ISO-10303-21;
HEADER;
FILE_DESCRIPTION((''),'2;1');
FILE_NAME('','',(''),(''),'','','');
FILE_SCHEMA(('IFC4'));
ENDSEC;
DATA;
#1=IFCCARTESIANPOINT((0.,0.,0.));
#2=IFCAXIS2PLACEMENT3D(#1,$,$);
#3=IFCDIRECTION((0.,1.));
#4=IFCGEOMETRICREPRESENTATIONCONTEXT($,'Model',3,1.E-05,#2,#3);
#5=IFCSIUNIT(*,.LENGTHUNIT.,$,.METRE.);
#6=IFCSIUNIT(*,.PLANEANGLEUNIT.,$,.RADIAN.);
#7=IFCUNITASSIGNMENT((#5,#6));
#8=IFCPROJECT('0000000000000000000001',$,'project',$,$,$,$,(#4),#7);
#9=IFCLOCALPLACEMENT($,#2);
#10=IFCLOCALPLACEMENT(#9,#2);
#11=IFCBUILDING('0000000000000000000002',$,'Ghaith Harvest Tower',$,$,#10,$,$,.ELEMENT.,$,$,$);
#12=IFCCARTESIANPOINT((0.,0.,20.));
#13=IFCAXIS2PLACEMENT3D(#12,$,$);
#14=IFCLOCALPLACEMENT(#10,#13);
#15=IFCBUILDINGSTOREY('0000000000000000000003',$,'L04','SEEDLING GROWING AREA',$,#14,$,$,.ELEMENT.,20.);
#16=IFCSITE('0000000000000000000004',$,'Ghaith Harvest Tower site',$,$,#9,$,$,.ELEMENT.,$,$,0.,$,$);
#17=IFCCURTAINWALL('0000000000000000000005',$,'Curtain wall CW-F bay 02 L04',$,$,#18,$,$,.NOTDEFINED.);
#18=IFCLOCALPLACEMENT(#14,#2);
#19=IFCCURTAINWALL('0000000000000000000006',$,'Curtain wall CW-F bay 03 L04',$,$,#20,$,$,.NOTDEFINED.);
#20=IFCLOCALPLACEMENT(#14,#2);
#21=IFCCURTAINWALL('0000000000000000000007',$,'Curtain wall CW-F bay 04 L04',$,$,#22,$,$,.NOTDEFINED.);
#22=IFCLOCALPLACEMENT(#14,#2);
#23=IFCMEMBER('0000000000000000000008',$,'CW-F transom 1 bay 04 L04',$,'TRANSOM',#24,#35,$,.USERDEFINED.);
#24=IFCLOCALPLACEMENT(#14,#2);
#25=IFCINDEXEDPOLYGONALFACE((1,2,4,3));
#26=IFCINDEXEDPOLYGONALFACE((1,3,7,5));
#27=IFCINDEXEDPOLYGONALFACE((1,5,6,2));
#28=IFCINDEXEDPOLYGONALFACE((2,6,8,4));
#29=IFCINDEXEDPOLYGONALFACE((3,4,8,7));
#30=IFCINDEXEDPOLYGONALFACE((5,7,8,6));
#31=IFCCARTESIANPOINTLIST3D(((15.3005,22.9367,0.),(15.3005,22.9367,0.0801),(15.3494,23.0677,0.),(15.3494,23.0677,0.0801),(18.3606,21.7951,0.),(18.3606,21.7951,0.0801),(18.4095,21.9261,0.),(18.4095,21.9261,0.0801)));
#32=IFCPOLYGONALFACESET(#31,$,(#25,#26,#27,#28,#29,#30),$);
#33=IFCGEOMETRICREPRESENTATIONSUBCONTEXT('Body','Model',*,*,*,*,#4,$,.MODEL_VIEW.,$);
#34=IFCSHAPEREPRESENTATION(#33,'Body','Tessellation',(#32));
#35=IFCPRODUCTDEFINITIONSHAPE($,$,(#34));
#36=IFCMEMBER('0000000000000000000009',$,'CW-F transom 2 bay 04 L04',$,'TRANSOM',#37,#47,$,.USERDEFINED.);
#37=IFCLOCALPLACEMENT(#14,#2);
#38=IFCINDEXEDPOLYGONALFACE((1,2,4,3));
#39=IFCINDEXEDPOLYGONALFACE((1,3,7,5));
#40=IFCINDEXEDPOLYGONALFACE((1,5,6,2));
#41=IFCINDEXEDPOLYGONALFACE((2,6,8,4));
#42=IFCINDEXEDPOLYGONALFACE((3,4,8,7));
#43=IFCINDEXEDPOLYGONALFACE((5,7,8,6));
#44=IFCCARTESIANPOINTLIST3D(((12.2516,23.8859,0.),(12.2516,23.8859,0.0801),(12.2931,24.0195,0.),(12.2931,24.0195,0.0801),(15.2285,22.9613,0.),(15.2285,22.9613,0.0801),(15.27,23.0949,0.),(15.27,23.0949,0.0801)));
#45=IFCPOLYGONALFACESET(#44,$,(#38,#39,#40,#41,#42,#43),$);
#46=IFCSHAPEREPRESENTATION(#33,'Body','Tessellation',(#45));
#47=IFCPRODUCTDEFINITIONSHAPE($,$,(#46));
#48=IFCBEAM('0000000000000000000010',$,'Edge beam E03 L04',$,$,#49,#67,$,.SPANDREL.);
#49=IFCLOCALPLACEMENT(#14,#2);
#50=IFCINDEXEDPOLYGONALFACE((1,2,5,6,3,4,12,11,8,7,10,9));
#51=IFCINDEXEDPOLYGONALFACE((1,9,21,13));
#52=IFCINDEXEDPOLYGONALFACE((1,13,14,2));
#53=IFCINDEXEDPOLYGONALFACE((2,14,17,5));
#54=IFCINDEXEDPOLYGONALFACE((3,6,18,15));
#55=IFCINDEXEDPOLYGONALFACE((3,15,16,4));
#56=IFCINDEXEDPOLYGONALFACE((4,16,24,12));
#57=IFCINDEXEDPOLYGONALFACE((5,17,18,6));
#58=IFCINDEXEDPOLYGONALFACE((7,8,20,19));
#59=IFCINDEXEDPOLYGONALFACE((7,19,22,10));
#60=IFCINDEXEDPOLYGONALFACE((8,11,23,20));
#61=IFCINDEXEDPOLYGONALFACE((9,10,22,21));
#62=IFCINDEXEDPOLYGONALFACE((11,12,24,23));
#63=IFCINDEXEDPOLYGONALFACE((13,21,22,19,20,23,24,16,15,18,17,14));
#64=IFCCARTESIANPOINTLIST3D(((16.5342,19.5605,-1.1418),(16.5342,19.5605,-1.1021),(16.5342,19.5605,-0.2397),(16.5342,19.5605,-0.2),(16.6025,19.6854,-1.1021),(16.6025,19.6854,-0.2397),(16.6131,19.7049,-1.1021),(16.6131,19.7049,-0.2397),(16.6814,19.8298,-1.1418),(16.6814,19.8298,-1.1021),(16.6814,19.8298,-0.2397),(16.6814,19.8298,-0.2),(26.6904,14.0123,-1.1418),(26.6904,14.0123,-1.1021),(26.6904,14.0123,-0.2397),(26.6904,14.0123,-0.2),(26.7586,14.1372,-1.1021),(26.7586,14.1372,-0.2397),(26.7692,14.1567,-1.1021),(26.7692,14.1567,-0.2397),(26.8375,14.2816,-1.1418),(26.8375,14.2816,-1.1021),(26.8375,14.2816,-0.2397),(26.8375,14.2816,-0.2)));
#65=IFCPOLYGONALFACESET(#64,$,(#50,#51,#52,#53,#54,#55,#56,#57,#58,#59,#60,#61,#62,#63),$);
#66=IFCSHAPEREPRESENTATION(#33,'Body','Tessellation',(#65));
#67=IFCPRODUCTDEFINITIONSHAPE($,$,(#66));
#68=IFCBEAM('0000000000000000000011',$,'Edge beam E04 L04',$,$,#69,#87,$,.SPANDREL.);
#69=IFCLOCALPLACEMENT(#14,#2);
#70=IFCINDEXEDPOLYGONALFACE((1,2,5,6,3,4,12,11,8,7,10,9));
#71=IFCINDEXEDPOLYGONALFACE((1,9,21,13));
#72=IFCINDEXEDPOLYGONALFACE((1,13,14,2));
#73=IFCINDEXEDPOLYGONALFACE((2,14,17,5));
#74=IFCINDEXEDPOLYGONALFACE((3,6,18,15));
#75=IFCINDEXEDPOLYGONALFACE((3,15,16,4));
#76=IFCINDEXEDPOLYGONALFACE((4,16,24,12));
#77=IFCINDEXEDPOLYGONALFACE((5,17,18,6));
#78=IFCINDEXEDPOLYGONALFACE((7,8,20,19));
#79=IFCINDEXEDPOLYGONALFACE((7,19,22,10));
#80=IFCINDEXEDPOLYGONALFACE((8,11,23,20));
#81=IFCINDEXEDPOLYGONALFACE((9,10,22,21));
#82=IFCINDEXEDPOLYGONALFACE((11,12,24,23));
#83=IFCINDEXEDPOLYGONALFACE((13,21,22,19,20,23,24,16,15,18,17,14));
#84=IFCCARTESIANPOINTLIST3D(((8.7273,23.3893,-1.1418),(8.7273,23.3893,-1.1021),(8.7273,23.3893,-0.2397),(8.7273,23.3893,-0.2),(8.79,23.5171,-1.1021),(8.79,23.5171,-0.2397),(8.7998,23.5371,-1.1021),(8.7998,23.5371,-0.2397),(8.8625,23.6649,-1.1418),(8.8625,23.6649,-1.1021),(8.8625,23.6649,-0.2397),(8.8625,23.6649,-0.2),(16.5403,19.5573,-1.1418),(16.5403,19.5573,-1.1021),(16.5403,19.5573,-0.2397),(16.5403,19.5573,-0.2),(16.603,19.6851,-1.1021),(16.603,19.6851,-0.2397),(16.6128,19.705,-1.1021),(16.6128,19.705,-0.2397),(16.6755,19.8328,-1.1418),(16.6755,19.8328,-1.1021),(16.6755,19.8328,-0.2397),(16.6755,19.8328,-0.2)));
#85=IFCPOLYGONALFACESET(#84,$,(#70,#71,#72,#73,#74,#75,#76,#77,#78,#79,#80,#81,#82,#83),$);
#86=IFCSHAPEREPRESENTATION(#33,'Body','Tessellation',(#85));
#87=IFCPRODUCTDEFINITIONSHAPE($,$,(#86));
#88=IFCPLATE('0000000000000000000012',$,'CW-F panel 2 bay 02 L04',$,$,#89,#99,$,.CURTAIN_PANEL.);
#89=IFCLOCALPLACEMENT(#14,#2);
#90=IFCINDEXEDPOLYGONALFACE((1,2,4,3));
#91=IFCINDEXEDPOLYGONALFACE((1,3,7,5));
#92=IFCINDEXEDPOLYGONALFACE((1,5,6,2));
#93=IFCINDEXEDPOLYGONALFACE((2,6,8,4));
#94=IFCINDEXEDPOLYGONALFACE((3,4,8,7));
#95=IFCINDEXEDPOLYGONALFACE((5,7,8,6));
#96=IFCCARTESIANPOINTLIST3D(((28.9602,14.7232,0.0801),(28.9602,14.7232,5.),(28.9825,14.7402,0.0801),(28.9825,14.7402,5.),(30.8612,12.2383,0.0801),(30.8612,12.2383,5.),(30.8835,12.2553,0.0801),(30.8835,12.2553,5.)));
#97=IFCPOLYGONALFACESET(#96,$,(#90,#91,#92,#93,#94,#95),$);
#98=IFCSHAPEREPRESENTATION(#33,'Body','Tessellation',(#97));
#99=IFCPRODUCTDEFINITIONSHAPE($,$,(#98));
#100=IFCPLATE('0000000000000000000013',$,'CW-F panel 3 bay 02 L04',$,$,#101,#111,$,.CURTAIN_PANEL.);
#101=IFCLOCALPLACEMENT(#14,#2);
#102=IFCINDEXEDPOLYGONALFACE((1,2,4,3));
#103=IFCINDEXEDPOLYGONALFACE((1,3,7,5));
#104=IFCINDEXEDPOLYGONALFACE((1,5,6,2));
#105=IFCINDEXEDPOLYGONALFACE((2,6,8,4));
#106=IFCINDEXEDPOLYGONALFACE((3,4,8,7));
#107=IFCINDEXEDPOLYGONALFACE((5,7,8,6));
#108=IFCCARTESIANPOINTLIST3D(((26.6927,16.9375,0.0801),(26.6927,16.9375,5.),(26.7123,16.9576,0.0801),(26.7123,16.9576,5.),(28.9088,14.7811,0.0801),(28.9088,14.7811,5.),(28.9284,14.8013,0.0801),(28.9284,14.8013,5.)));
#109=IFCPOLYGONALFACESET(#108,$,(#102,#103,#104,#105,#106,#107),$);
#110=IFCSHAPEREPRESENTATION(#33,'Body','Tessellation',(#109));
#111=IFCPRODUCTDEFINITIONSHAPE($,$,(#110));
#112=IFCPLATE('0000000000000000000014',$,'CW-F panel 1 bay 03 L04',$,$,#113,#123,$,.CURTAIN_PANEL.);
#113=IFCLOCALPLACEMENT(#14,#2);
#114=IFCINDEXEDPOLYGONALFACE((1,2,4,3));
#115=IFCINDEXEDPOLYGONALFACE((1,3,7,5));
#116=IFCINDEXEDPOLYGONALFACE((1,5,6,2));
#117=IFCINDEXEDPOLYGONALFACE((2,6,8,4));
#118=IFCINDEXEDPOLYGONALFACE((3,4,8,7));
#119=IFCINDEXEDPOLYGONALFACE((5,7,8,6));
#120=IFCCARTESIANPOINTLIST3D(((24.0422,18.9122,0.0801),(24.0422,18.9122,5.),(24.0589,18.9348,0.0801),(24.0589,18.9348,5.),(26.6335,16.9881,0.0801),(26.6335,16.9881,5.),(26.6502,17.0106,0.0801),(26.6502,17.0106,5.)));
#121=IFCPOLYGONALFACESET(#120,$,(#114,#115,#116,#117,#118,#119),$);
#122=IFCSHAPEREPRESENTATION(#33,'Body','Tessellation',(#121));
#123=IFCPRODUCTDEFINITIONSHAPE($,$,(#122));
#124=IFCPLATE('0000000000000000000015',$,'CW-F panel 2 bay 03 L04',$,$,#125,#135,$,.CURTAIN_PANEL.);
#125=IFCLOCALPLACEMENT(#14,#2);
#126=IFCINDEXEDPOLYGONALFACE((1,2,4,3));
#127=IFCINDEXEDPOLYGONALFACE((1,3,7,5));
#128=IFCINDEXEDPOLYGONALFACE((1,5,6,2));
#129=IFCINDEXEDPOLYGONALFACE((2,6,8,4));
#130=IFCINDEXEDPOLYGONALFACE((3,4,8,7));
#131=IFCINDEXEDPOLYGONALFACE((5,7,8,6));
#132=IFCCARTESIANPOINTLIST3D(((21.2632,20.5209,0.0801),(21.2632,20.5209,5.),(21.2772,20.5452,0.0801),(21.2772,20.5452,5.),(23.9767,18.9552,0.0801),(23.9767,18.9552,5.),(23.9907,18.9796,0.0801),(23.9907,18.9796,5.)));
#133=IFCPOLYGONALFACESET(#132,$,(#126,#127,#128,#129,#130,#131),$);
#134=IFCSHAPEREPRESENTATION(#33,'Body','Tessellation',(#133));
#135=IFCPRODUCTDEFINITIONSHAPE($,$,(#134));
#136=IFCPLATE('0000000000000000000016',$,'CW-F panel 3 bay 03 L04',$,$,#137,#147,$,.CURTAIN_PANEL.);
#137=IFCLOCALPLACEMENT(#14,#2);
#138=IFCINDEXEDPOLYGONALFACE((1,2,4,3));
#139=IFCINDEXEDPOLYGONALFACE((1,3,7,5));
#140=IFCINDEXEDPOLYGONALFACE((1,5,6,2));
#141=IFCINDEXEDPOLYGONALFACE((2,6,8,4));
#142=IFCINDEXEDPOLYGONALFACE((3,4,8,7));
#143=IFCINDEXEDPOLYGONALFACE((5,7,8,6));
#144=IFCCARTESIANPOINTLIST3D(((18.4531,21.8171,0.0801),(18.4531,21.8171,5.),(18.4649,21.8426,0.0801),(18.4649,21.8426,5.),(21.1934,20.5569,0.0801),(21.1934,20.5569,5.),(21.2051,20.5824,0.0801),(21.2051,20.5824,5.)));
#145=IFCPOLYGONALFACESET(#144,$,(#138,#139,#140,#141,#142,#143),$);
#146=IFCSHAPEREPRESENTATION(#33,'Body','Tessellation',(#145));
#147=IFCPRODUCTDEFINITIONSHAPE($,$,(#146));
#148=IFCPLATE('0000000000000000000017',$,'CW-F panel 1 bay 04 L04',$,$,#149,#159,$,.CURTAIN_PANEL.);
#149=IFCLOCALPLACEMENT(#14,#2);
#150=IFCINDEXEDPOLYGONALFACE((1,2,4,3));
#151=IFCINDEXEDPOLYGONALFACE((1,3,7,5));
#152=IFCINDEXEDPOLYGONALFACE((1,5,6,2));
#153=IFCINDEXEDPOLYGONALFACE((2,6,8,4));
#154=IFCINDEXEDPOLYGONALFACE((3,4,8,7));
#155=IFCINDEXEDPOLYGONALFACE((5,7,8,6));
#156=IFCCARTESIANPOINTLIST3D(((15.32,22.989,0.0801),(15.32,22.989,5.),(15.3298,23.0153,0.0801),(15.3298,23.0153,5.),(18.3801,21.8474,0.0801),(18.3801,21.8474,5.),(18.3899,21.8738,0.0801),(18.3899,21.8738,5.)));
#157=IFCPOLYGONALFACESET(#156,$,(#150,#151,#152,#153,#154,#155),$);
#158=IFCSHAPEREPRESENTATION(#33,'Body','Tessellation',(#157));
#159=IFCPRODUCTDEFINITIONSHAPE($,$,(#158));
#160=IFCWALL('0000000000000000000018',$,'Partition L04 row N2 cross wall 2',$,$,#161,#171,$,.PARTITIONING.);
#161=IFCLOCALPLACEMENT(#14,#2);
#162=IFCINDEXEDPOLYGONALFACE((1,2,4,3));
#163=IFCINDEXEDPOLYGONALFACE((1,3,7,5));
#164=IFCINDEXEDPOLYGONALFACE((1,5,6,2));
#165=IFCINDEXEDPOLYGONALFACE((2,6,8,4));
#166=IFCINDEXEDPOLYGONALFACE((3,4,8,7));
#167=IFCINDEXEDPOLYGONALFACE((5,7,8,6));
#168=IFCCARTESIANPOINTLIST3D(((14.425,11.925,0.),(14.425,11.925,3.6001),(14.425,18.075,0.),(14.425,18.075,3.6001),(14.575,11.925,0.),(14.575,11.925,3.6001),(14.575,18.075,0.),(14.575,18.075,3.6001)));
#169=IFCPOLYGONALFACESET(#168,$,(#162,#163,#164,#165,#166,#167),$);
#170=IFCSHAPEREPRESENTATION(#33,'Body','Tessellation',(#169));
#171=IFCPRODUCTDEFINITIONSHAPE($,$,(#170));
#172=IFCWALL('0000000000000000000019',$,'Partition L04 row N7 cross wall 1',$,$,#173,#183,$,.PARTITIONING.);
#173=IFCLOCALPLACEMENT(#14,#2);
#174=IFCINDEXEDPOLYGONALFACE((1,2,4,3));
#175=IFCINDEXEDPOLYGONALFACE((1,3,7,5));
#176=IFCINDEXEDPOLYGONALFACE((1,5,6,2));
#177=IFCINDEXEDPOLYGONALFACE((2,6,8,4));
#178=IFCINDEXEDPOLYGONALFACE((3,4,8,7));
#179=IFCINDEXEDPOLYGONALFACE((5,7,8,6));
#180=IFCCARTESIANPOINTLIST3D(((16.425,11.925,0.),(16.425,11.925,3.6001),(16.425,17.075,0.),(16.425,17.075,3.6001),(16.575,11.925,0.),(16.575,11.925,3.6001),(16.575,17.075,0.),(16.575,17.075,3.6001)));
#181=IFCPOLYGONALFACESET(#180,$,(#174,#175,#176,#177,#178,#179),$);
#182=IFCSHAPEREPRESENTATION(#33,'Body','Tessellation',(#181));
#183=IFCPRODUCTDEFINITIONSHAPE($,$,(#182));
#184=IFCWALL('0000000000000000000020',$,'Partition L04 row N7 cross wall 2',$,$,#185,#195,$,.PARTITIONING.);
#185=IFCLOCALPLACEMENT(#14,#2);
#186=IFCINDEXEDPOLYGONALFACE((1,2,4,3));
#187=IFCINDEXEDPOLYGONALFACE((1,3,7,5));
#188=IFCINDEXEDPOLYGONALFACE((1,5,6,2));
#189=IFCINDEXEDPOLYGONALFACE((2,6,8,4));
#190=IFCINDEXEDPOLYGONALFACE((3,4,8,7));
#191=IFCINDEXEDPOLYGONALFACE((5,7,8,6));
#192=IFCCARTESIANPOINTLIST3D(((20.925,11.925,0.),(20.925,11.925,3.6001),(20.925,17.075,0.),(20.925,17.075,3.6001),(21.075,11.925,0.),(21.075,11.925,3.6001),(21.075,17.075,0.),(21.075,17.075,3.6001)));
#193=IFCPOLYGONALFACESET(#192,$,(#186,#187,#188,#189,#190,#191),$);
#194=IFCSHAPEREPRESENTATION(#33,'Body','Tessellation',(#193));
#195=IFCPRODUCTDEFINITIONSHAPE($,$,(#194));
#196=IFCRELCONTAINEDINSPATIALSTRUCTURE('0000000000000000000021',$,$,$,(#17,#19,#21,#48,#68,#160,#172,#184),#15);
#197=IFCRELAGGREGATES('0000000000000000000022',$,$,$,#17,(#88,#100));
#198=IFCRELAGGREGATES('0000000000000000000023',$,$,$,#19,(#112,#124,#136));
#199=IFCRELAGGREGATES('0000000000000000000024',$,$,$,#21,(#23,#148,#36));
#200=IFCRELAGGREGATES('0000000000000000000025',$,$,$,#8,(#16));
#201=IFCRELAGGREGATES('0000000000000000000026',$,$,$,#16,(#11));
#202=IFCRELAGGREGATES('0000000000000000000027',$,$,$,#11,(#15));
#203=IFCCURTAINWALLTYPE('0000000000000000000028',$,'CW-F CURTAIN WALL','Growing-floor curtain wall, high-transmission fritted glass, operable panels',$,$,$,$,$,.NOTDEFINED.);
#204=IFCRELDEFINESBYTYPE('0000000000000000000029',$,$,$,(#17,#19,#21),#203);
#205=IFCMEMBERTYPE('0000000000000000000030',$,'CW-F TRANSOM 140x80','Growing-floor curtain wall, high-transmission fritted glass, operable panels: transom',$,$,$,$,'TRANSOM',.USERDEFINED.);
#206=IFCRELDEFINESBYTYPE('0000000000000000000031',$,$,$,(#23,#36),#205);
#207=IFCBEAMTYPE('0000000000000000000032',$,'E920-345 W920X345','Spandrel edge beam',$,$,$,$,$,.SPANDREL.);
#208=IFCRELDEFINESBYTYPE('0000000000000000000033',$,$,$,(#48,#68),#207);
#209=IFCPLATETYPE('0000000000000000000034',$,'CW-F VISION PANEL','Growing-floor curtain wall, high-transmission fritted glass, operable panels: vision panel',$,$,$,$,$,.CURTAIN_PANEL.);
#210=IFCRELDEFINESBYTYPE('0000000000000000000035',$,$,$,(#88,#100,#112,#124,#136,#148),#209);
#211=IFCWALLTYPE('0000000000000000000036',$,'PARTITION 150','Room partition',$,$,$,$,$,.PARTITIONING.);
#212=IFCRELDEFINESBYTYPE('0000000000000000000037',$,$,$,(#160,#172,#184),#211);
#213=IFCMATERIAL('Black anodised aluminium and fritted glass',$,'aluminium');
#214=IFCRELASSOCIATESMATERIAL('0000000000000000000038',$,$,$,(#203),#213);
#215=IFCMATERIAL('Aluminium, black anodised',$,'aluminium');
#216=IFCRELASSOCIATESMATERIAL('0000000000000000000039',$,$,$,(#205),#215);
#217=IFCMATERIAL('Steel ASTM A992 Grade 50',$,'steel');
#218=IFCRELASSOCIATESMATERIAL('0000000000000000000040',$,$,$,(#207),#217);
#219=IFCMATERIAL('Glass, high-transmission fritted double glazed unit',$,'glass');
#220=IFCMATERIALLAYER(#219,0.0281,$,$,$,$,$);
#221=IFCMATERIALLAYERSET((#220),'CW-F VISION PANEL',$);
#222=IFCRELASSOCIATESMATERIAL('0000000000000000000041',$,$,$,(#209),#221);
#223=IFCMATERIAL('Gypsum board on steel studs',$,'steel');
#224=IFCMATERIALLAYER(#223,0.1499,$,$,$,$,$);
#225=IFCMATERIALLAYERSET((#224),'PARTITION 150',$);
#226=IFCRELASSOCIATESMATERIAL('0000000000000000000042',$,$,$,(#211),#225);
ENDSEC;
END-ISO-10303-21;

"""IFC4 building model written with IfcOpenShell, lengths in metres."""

from ifc_helpers import new_model, si_unit, direction, frame, frame_2d, origin, origin_2d, place, context, subcontext, project, spatial, rectangle, i_section, extrude, material, layer, layer_set, material_profile, profile_set, type_object, element, aggregate, save


model = new_model("IFC4")

# Units and contexts
model_context = context("Model", 3, precision=1e-05, world=origin(), true_north=direction((0.0, 1.0)))
body_context = subcontext(model_context, "Body", "Model", "MODEL_VIEW")
ifc_project = project(units=[si_unit("LENGTHUNIT", "METRE"), si_unit("PLANEANGLEUNIT", "RADIAN")], contexts=[model_context])

# Site, building, storey
site_placement = place(None, origin())
site = spatial("IfcSite", under=ifc_project, at=site_placement, Name="Ghaith Harvest Tower site", CompositionType="ELEMENT", RefElevation=0.0)
building_placement = place(site_placement, origin())
building = spatial("IfcBuilding", under=site, at=building_placement, Name="Ghaith Harvest Tower", CompositionType="ELEMENT")
storey_placement = place(building_placement, frame((0.0, 0.0, 20.0)))
storey = spatial("IfcBuildingStorey", under=building, at=storey_placement, Name="L04", Description="SEEDLING GROWING AREA", CompositionType="ELEMENT", Elevation=20.0)

# Curtain walls
ifc_material_1 = material(Name="Black anodised aluminium and fritted glass", Category="aluminium")
curtain_wall_type = type_object("IfcCurtainWallType", Name="CW-F CURTAIN WALL", Description="Growing-floor curtain wall, high-transmission fritted glass, operable panels", PredefinedType="NOTDEFINED", material=ifc_material_1)
curtain_wall_1_placement = place(storey_placement, origin())
curtain_wall_1 = element("IfcCurtainWall", 1, at=curtain_wall_1_placement, inside=storey, type_object=curtain_wall_type, Name="Curtain wall CW-F bay 02 L04", PredefinedType="NOTDEFINED")
curtain_wall_2_placement = place(storey_placement, origin())
curtain_wall_2 = element("IfcCurtainWall", 2, at=curtain_wall_2_placement, inside=storey, type_object=curtain_wall_type, Name="Curtain wall CW-F bay 03 L04", PredefinedType="NOTDEFINED")
curtain_wall_3_placement = place(storey_placement, origin())
curtain_wall_3 = element("IfcCurtainWall", 3, at=curtain_wall_3_placement, inside=storey, type_object=curtain_wall_type, Name="Curtain wall CW-F bay 04 L04", PredefinedType="NOTDEFINED")

# Members
ifc_material_2 = material(Name="Aluminium, black anodised", Category="aluminium")
ifc_material_profile_1 = material_profile(ifc_material_2, rectangle(XDim=0.1399, YDim=0.0801, at=origin_2d()), Name="CW-F TRANSOM 140x80")
ifc_profile_set_1 = profile_set([ifc_material_profile_1], Name="Aluminium, black anodised")
member_type_1 = type_object("IfcMemberType", Name="CW-F TRANSOM 140x80", Description="Growing-floor curtain wall, high-transmission fritted glass, operable panels: transom", ElementType="TRANSOM", PredefinedType="USERDEFINED", material=ifc_profile_set_1)
member_1_placement = place(storey_placement, frame((18.385, 21.8606, 0.04), z_axis=(-0.936924, 0.349534, 0.0), x_axis=(-0.349534, -0.936924, 0.0)))
member_1 = element("IfcMember", 4, at=member_1_placement, type_object=member_type_1, Name="CW-F transom 1 bay 04 L04", ObjectType="TRANSOM", PredefinedType="USERDEFINED", context=body_context, shape_type="SweptSolid", body=[
    extrude(rectangle(XDim=0.1399, YDim=0.0801, at=origin_2d()), origin(), (0.0, 0.0, 1.0), 3.2661),
])
member_2_placement = place(storey_placement, frame((15.2493, 23.0281, 0.04), z_axis=(-0.954998, 0.296611, 0.0), x_axis=(-0.296611, -0.954998, 0.0)))
member_2 = element("IfcMember", 5, at=member_2_placement, type_object=member_type_1, Name="CW-F transom 2 bay 04 L04", ObjectType="TRANSOM", PredefinedType="USERDEFINED", context=body_context, shape_type="SweptSolid", body=[
    extrude(rectangle(XDim=0.1399, YDim=0.0801, at=origin_2d()), origin(), (0.0, 0.0, 1.0), 3.1172),
])

# Beams
ifc_material_3 = material(Name="Steel ASTM A992 Grade 50", Category="steel")
ifc_material_profile_2 = material_profile(ifc_material_3, i_section(OverallWidth=0.3069, OverallDepth=0.9419, WebThickness=0.0222, FlangeThickness=0.0398, at=origin_2d()), Name="W920X345")
ifc_profile_set_2 = profile_set([ifc_material_profile_2], Name="Steel ASTM A992 Grade 50")
beam_type = type_object("IfcBeamType", Name="E920-345 W920X345", Description="Spandrel edge beam", PredefinedType="SPANDREL", material=ifc_profile_set_2)
beam_1_placement = place(storey_placement, frame((26.7639, 14.147, -0.6709), z_axis=(-0.877588, 0.479415, 0.0), x_axis=(-0.479415, -0.877588, 0.0)))
element("IfcBeam", 6, at=beam_1_placement, inside=storey, type_object=beam_type, Name="Edge beam E03 L04", PredefinedType="SPANDREL", context=body_context, shape_type="SweptSolid", body=[
    extrude(i_section(OverallWidth=0.3069, OverallDepth=0.9419, WebThickness=0.0222, FlangeThickness=0.0398, at=origin_2d()), origin(), (0.0, 0.0, 1.0), 11.5728),
])
beam_2_placement = place(storey_placement, frame((16.6079, 19.6951, -0.6709), z_axis=(-0.897824, 0.440355, 0.0), x_axis=(-0.440355, -0.897824, 0.0)))
element("IfcBeam", 7, at=beam_2_placement, inside=storey, type_object=beam_type, Name="Edge beam E04 L04", PredefinedType="SPANDREL", context=body_context, shape_type="SweptSolid", body=[
    extrude(i_section(OverallWidth=0.3069, OverallDepth=0.9419, WebThickness=0.0222, FlangeThickness=0.0398, at=origin_2d()), origin(), (0.0, 0.0, 1.0), 8.7021),
])

# Plates
ifc_material_4 = material(Name="Glass, high-transmission fritted double glazed unit", Category="glass")
ifc_layer_1 = layer(ifc_material_4, 0.0281)
ifc_layer_set_1 = layer_set([ifc_layer_1], Name="CW-F VISION PANEL")
plate_type = type_object("IfcPlateType", Name="CW-F VISION PANEL", Description="Growing-floor curtain wall, high-transmission fritted glass, operable panels: vision panel", PredefinedType="CURTAIN_PANEL", material=ifc_layer_set_1)
plate_1_placement = place(storey_placement, frame((29.9219, 13.4893, 0.0801), z_axis=(0.0, 0.0, 1.0), x_axis=(-0.607612, 0.794234, 0.0)))
plate_1 = element("IfcPlate", 8, at=plate_1_placement, type_object=plate_type, Name="CW-F panel 2 bay 02 L04", PredefinedType="CURTAIN_PANEL", context=body_context, shape_type="SweptSolid", body=[
    extrude(rectangle(XDim=3.1287, YDim=0.0281, at=origin_2d()), origin(), (0.0, 0.0, 1.0), 4.9199),
])
plate_2_placement = place(storey_placement, frame((27.8105, 15.8694, 0.0801), z_axis=(0.0, 0.0, 1.0), x_axis=(-0.716691, 0.697391, 0.0)))
plate_2 = element("IfcPlate", 9, at=plate_2_placement, type_object=plate_type, Name="CW-F panel 3 bay 02 L04", PredefinedType="CURTAIN_PANEL", context=body_context, shape_type="SweptSolid", body=[
    extrude(rectangle(XDim=3.092, YDim=0.0281, at=origin_2d()), origin(), (0.0, 0.0, 1.0), 4.9199),
])
aggregate(curtain_wall_1, [plate_1, plate_2])
plate_3_placement = place(storey_placement, frame((25.3462, 17.9614, 0.0801), z_axis=(0.0, 0.0, 1.0), x_axis=(-0.802867, 0.596158, 0.0)))
plate_3 = element("IfcPlate", 10, at=plate_3_placement, type_object=plate_type, Name="CW-F panel 1 bay 03 L04", PredefinedType="CURTAIN_PANEL", context=body_context, shape_type="SweptSolid", body=[
    extrude(rectangle(XDim=3.2275, YDim=0.0281, at=origin_2d()), origin(), (0.0, 0.0, 1.0), 4.9199),
])
plate_4_placement = place(storey_placement, frame((22.627, 19.7502, 0.0801), z_axis=(0.0, 0.0, 1.0), x_axis=(-0.866159, 0.499768, 0.0)))
plate_4 = element("IfcPlate", 11, at=plate_4_placement, type_object=plate_type, Name="CW-F panel 2 bay 03 L04", PredefinedType="CURTAIN_PANEL", context=body_context, shape_type="SweptSolid", body=[
    extrude(rectangle(XDim=3.1328, YDim=0.0281, at=origin_2d()), origin(), (0.0, 0.0, 1.0), 4.9199),
])
plate_5_placement = place(storey_placement, frame((19.8291, 21.1997, 0.0801), z_axis=(0.0, 0.0, 1.0), x_axis=(-0.90853, 0.417821, 0.0)))
plate_5 = element("IfcPlate", 12, at=plate_5_placement, type_object=plate_type, Name="CW-F panel 3 bay 03 L04", PredefinedType="CURTAIN_PANEL", context=body_context, shape_type="SweptSolid", body=[
    extrude(rectangle(XDim=3.0161, YDim=0.0281, at=origin_2d()), origin(), (0.0, 0.0, 1.0), 4.9199),
])
aggregate(curtain_wall_2, [plate_3, plate_4, plate_5])
plate_6_placement = place(storey_placement, frame((16.855, 22.4314, 0.0801), z_axis=(0.0, 0.0, 1.0), x_axis=(-0.936926, 0.349526, 0.0)))
plate_6 = element("IfcPlate", 13, at=plate_6_placement, type_object=plate_type, Name="CW-F panel 1 bay 04 L04", PredefinedType="CURTAIN_PANEL", context=body_context, shape_type="SweptSolid", body=[
    extrude(rectangle(XDim=3.2661, YDim=0.0281, at=origin_2d()), origin(), (0.0, 0.0, 1.0), 4.9199),
])
aggregate(curtain_wall_3, [member_1, plate_6, member_2])

# Walls
ifc_material_5 = material(Name="Gypsum board on steel studs", Category="steel")
ifc_layer_2 = layer(ifc_material_5, 0.1499)
ifc_layer_set_2 = layer_set([ifc_layer_2], Name="PARTITION 150")
wall_type = type_object("IfcWallType", Name="PARTITION 150", Description="Room partition", PredefinedType="PARTITIONING", material=ifc_layer_set_2)
wall_1_placement = place(storey_placement, frame((14.5, 11.925, 0.0), z_axis=(0.0, 0.0, 1.0), x_axis=(0.0, 1.0, 0.0)))
element("IfcWall", 14, at=wall_1_placement, inside=storey, type_object=wall_type, Name="Partition L04 row N2 cross wall 2", PredefinedType="PARTITIONING", context=body_context, shape_type="SweptSolid", body=[
    extrude(rectangle(XDim=6.1499, YDim=0.1499, at=frame_2d((3.075, 0.0))), origin(), (0.0, 0.0, 1.0), 3.6001),
])
for number, where, z_axis, x_axis, name in (
    (15, (16.5, 11.925, 0.0), (0.0, 0.0, 1.0), (0.0, 1.0, 0.0), "Partition L04 row N7 cross wall 1"),
    (16, (21.0, 11.925, 0.0), (0.0, 0.0, 1.0), (0.0, 1.0, 0.0), "Partition L04 row N7 cross wall 2"),
):
    element("IfcWall", number, at=place(storey_placement, frame(where, z_axis=z_axis, x_axis=x_axis)), inside=storey, type_object=wall_type, Name=name, PredefinedType="PARTITIONING", context=body_context, shape_type="SweptSolid", body=[
        extrude(rectangle(XDim=5.1499, YDim=0.1499, at=frame_2d((2.575, 0.0))), origin(), (0.0, 0.0, 1.0), 3.6001),
    ])

save(model, "model.ifc")
